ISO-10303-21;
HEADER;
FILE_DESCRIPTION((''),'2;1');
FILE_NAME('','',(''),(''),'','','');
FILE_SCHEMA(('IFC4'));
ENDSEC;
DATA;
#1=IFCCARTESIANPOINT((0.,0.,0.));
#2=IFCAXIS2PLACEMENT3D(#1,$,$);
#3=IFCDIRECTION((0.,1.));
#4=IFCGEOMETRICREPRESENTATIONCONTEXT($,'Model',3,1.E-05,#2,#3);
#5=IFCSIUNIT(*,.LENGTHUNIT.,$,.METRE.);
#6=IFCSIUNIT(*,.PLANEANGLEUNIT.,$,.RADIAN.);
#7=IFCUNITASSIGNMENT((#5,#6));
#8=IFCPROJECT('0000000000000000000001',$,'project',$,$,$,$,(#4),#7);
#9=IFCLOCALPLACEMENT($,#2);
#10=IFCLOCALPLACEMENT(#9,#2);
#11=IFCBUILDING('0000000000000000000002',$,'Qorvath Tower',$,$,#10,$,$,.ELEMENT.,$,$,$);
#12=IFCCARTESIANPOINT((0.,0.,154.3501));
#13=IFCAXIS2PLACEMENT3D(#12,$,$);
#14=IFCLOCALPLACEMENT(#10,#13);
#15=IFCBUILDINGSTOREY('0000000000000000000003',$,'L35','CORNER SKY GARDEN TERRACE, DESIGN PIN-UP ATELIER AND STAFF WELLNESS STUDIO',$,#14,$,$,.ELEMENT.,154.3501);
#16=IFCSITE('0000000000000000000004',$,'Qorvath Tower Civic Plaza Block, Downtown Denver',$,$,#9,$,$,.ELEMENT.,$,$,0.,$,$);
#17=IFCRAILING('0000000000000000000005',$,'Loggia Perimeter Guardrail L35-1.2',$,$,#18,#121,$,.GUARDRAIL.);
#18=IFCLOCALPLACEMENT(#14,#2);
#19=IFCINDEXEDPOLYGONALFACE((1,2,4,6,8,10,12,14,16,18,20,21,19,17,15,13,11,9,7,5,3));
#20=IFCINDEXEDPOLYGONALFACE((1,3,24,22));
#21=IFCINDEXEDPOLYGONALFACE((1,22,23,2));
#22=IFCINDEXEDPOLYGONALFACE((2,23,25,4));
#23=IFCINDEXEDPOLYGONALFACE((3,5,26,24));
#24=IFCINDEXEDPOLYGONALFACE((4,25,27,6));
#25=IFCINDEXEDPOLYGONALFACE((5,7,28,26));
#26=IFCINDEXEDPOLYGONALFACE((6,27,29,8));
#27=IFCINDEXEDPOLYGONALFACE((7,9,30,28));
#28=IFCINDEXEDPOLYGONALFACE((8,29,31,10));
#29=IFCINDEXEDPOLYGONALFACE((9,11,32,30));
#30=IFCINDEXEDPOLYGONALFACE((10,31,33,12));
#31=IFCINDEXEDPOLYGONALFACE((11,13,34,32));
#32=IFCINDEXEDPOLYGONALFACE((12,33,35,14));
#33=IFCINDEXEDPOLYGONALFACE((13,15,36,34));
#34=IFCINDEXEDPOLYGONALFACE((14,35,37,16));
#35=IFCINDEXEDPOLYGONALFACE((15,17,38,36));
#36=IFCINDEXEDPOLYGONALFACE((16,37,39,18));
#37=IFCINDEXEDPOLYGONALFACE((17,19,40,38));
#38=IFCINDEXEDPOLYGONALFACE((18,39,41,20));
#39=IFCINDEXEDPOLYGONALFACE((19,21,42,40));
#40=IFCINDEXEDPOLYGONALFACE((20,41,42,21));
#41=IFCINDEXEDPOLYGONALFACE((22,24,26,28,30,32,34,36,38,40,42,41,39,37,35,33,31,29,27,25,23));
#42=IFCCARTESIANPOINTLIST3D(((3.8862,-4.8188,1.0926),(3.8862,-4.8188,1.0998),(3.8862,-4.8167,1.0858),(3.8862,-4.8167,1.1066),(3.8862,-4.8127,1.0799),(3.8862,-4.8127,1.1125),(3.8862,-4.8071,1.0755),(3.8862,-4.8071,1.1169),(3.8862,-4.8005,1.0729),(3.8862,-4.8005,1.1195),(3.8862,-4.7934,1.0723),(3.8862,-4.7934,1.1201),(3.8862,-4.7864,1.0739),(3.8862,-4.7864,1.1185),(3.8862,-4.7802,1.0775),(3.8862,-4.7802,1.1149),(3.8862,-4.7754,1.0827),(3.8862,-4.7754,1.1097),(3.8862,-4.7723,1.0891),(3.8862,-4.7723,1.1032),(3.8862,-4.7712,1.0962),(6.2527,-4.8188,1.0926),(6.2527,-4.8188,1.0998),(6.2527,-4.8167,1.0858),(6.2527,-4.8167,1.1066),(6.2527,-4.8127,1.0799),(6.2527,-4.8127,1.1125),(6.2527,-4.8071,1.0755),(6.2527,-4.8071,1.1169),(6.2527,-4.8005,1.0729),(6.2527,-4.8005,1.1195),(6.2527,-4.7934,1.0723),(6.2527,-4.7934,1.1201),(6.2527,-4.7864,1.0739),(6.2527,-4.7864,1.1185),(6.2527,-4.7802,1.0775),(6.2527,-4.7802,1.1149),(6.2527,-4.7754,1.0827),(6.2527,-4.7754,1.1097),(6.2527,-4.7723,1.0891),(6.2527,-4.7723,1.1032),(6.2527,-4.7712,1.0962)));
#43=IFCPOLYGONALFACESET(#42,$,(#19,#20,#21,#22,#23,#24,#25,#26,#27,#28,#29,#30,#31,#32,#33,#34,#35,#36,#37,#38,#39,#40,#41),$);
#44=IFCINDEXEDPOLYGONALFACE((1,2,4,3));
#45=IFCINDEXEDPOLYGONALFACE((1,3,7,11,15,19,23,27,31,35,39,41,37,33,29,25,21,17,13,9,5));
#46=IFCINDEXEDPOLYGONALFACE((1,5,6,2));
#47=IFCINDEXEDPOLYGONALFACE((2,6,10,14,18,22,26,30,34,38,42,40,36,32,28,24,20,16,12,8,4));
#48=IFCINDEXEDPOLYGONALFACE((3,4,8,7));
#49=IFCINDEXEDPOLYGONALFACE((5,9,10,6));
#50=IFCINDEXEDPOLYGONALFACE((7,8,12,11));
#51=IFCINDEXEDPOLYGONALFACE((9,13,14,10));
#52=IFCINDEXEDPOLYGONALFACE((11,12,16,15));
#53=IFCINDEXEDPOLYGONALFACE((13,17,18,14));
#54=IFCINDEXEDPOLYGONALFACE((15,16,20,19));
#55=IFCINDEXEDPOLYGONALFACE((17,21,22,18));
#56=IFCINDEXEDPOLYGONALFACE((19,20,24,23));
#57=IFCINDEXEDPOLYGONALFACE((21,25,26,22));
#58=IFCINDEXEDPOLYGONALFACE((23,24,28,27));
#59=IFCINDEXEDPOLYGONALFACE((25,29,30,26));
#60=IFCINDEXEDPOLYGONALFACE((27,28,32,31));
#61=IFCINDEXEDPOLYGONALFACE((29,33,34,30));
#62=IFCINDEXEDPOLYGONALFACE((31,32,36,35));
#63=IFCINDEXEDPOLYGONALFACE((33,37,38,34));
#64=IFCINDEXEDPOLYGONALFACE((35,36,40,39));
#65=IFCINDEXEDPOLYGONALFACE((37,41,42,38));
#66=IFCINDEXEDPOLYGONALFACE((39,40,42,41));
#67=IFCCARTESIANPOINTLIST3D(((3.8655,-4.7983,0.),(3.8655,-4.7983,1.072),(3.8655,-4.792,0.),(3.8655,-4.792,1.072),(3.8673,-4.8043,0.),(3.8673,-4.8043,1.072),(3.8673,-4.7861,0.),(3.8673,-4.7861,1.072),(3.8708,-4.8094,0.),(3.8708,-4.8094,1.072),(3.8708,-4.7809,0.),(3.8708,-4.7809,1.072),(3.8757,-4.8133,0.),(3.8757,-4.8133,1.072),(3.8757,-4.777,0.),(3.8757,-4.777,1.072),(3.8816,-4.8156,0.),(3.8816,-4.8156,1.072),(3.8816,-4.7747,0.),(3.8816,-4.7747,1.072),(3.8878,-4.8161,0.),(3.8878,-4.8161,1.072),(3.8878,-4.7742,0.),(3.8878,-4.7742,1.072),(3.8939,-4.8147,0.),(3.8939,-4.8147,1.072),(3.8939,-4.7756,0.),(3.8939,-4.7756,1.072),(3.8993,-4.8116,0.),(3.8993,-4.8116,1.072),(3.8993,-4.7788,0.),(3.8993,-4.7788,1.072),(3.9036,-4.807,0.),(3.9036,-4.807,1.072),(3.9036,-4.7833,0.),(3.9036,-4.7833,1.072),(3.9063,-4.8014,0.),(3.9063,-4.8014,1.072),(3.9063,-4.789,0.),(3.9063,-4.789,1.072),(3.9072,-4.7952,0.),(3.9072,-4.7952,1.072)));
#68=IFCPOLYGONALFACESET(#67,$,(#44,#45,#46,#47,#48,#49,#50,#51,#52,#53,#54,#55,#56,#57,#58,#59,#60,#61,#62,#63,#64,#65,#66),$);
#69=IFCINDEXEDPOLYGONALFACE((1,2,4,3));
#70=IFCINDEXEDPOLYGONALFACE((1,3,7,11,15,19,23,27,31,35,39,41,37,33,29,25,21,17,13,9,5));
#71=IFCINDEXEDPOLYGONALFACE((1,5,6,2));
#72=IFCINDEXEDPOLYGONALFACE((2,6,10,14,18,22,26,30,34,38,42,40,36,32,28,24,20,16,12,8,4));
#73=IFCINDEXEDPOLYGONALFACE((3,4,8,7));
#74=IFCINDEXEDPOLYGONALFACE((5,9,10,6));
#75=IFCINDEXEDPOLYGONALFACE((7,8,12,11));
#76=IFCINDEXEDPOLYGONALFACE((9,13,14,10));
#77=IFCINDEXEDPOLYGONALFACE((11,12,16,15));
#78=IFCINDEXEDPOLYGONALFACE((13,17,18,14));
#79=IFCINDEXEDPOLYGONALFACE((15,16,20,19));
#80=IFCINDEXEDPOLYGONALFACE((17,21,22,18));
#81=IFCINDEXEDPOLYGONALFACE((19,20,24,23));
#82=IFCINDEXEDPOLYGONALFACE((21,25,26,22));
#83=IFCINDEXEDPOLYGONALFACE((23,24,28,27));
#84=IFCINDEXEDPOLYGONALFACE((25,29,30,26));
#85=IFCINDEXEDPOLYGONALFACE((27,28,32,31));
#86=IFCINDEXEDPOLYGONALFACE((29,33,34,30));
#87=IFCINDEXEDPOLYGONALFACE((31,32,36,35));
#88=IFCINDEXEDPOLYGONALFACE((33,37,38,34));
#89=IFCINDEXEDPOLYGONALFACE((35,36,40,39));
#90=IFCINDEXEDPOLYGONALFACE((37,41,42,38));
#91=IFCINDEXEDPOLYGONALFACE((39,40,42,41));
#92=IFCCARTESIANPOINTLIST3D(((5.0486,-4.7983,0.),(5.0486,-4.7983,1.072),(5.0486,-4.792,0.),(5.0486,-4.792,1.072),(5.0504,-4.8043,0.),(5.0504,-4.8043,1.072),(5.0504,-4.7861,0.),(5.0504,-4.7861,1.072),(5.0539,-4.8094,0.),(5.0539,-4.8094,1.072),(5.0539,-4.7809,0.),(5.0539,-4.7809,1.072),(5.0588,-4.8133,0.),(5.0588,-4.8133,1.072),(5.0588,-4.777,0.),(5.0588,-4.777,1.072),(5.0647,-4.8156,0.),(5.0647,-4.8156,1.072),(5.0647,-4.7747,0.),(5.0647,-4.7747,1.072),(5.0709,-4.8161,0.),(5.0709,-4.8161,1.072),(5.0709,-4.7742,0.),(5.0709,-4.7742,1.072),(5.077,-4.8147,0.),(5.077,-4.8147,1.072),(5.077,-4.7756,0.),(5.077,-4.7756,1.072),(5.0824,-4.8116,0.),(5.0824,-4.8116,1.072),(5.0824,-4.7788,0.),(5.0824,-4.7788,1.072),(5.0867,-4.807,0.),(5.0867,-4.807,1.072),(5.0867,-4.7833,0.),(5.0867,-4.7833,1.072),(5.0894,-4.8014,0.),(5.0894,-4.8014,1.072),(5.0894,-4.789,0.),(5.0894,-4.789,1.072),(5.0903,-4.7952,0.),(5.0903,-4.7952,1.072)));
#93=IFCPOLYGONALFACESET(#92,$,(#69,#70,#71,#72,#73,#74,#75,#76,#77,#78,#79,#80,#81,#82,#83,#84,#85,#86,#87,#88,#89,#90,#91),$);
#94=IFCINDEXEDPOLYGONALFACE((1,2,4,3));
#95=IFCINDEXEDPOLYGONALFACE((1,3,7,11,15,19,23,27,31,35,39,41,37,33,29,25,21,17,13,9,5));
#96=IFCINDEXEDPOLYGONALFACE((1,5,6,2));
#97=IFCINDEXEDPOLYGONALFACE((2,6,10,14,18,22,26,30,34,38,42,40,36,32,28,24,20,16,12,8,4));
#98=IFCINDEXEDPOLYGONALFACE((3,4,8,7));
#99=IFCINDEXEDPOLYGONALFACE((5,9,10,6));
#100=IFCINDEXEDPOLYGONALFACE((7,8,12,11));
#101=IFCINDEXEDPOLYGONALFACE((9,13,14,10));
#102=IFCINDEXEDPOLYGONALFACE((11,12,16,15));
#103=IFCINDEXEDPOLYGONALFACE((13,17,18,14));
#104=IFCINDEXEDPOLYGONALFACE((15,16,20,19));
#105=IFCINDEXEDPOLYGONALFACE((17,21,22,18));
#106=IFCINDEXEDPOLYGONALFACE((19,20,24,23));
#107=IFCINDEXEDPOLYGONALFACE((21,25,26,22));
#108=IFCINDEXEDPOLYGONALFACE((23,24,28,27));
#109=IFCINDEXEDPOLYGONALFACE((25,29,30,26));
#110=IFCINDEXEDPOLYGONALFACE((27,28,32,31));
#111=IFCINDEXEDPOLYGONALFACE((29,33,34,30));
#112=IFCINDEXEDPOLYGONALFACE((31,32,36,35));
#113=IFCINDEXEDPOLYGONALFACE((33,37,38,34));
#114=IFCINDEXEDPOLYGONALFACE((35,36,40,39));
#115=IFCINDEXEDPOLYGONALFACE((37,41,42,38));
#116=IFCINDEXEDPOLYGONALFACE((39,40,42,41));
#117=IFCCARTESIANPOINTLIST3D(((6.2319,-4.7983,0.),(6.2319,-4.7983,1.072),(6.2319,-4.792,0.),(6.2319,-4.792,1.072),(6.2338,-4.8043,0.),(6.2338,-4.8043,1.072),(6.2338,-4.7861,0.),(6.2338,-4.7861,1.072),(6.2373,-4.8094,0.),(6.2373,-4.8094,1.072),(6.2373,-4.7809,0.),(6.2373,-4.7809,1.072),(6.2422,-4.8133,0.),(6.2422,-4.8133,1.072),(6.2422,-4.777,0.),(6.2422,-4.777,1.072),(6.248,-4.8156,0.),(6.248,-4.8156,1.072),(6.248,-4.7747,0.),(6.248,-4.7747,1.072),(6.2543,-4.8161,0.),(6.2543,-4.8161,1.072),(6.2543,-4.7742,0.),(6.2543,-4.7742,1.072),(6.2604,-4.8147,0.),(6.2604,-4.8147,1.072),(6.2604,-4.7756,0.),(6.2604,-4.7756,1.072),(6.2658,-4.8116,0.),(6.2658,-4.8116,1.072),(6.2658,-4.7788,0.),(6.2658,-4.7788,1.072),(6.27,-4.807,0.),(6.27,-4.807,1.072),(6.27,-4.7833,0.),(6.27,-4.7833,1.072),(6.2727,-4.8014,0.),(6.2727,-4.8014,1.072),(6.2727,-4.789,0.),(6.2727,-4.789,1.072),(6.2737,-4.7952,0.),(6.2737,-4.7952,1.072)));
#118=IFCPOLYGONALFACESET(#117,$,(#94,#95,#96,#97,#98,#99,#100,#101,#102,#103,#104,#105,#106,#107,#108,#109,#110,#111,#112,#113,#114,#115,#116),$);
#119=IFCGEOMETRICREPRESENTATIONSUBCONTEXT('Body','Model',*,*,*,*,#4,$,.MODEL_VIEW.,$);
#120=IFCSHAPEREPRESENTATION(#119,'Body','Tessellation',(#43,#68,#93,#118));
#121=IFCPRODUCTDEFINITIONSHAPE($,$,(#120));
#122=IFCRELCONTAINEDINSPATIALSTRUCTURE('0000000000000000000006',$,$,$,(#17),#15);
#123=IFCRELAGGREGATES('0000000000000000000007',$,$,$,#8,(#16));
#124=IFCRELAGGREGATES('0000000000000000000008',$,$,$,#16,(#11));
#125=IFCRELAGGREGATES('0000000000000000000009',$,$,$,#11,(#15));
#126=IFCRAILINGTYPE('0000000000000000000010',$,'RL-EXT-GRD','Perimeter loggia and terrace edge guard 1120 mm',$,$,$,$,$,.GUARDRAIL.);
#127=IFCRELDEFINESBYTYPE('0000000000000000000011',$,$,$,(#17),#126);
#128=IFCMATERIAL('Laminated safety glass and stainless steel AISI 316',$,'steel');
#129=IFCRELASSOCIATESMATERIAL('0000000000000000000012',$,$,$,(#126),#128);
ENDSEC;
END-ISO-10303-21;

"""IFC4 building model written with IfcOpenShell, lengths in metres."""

from ifc_helpers import new_model, si_unit, direction, frame, origin, origin_2d, place, context, subcontext, project, spatial, circle, extrude, material, type_object, element, save


model = new_model("IFC4")

# Units and contexts
model_context = context("Model", 3, precision=1e-05, world=origin(), true_north=direction((0.0, 1.0)))
body_context = subcontext(model_context, "Body", "Model", "MODEL_VIEW")
ifc_project = project(units=[si_unit("LENGTHUNIT", "METRE"), si_unit("PLANEANGLEUNIT", "RADIAN")], contexts=[model_context])

# Site, building, storey
site_placement = place(None, origin())
site = spatial("IfcSite", under=ifc_project, at=site_placement, Name="Qorvath Tower Civic Plaza Block, Downtown Denver", CompositionType="ELEMENT", RefElevation=0.0)
building_placement = place(site_placement, origin())
building = spatial("IfcBuilding", under=site, at=building_placement, Name="Qorvath Tower", CompositionType="ELEMENT")
storey_placement = place(building_placement, frame((0.0, 0.0, 154.3501)))
storey = spatial("IfcBuildingStorey", under=building, at=storey_placement, Name="L35", Description="CORNER SKY GARDEN TERRACE, DESIGN PIN-UP ATELIER AND STAFF WELLNESS STUDIO", CompositionType="ELEMENT", Elevation=154.3501)

# Railing
ifc_material_1 = material(Name="Laminated safety glass and stainless steel AISI 316", Category="steel")
railing_type = type_object("IfcRailingType", Name="RL-EXT-GRD", Description="Perimeter loggia and terrace edge guard 1120 mm", PredefinedType="GUARDRAIL", material=ifc_material_1)
railing_1_placement = place(storey_placement, frame((3.8862, -4.7952, 0.0)))
element("IfcRailing", 1, at=railing_1_placement, inside=storey, type_object=railing_type, Name="Loggia Perimeter Guardrail L35-1.2", PredefinedType="GUARDRAIL", context=body_context, shape_type="SweptSolid", body=[
    extrude(circle(Radius=0.0239, at=origin_2d()), frame((0.0, 0.0, 1.0962), z_axis=(1.0, 0.0, 0.0), x_axis=(0.0, 1.0, 0.0)), (0.0, 0.0, 1.0), 2.3665),
    extrude(circle(Radius=0.021, at=origin_2d()), origin(), (0.0, 0.0, 1.0), 1.072),
    extrude(circle(Radius=0.021, at=origin_2d()), frame((1.1831, 0.0, 0.0)), (0.0, 0.0, 1.0), 1.072),
    extrude(circle(Radius=0.021, at=origin_2d()), frame((2.3665, 0.0, 0.0)), (0.0, 0.0, 1.0), 1.072),
])

save(model, "model.ifc")
